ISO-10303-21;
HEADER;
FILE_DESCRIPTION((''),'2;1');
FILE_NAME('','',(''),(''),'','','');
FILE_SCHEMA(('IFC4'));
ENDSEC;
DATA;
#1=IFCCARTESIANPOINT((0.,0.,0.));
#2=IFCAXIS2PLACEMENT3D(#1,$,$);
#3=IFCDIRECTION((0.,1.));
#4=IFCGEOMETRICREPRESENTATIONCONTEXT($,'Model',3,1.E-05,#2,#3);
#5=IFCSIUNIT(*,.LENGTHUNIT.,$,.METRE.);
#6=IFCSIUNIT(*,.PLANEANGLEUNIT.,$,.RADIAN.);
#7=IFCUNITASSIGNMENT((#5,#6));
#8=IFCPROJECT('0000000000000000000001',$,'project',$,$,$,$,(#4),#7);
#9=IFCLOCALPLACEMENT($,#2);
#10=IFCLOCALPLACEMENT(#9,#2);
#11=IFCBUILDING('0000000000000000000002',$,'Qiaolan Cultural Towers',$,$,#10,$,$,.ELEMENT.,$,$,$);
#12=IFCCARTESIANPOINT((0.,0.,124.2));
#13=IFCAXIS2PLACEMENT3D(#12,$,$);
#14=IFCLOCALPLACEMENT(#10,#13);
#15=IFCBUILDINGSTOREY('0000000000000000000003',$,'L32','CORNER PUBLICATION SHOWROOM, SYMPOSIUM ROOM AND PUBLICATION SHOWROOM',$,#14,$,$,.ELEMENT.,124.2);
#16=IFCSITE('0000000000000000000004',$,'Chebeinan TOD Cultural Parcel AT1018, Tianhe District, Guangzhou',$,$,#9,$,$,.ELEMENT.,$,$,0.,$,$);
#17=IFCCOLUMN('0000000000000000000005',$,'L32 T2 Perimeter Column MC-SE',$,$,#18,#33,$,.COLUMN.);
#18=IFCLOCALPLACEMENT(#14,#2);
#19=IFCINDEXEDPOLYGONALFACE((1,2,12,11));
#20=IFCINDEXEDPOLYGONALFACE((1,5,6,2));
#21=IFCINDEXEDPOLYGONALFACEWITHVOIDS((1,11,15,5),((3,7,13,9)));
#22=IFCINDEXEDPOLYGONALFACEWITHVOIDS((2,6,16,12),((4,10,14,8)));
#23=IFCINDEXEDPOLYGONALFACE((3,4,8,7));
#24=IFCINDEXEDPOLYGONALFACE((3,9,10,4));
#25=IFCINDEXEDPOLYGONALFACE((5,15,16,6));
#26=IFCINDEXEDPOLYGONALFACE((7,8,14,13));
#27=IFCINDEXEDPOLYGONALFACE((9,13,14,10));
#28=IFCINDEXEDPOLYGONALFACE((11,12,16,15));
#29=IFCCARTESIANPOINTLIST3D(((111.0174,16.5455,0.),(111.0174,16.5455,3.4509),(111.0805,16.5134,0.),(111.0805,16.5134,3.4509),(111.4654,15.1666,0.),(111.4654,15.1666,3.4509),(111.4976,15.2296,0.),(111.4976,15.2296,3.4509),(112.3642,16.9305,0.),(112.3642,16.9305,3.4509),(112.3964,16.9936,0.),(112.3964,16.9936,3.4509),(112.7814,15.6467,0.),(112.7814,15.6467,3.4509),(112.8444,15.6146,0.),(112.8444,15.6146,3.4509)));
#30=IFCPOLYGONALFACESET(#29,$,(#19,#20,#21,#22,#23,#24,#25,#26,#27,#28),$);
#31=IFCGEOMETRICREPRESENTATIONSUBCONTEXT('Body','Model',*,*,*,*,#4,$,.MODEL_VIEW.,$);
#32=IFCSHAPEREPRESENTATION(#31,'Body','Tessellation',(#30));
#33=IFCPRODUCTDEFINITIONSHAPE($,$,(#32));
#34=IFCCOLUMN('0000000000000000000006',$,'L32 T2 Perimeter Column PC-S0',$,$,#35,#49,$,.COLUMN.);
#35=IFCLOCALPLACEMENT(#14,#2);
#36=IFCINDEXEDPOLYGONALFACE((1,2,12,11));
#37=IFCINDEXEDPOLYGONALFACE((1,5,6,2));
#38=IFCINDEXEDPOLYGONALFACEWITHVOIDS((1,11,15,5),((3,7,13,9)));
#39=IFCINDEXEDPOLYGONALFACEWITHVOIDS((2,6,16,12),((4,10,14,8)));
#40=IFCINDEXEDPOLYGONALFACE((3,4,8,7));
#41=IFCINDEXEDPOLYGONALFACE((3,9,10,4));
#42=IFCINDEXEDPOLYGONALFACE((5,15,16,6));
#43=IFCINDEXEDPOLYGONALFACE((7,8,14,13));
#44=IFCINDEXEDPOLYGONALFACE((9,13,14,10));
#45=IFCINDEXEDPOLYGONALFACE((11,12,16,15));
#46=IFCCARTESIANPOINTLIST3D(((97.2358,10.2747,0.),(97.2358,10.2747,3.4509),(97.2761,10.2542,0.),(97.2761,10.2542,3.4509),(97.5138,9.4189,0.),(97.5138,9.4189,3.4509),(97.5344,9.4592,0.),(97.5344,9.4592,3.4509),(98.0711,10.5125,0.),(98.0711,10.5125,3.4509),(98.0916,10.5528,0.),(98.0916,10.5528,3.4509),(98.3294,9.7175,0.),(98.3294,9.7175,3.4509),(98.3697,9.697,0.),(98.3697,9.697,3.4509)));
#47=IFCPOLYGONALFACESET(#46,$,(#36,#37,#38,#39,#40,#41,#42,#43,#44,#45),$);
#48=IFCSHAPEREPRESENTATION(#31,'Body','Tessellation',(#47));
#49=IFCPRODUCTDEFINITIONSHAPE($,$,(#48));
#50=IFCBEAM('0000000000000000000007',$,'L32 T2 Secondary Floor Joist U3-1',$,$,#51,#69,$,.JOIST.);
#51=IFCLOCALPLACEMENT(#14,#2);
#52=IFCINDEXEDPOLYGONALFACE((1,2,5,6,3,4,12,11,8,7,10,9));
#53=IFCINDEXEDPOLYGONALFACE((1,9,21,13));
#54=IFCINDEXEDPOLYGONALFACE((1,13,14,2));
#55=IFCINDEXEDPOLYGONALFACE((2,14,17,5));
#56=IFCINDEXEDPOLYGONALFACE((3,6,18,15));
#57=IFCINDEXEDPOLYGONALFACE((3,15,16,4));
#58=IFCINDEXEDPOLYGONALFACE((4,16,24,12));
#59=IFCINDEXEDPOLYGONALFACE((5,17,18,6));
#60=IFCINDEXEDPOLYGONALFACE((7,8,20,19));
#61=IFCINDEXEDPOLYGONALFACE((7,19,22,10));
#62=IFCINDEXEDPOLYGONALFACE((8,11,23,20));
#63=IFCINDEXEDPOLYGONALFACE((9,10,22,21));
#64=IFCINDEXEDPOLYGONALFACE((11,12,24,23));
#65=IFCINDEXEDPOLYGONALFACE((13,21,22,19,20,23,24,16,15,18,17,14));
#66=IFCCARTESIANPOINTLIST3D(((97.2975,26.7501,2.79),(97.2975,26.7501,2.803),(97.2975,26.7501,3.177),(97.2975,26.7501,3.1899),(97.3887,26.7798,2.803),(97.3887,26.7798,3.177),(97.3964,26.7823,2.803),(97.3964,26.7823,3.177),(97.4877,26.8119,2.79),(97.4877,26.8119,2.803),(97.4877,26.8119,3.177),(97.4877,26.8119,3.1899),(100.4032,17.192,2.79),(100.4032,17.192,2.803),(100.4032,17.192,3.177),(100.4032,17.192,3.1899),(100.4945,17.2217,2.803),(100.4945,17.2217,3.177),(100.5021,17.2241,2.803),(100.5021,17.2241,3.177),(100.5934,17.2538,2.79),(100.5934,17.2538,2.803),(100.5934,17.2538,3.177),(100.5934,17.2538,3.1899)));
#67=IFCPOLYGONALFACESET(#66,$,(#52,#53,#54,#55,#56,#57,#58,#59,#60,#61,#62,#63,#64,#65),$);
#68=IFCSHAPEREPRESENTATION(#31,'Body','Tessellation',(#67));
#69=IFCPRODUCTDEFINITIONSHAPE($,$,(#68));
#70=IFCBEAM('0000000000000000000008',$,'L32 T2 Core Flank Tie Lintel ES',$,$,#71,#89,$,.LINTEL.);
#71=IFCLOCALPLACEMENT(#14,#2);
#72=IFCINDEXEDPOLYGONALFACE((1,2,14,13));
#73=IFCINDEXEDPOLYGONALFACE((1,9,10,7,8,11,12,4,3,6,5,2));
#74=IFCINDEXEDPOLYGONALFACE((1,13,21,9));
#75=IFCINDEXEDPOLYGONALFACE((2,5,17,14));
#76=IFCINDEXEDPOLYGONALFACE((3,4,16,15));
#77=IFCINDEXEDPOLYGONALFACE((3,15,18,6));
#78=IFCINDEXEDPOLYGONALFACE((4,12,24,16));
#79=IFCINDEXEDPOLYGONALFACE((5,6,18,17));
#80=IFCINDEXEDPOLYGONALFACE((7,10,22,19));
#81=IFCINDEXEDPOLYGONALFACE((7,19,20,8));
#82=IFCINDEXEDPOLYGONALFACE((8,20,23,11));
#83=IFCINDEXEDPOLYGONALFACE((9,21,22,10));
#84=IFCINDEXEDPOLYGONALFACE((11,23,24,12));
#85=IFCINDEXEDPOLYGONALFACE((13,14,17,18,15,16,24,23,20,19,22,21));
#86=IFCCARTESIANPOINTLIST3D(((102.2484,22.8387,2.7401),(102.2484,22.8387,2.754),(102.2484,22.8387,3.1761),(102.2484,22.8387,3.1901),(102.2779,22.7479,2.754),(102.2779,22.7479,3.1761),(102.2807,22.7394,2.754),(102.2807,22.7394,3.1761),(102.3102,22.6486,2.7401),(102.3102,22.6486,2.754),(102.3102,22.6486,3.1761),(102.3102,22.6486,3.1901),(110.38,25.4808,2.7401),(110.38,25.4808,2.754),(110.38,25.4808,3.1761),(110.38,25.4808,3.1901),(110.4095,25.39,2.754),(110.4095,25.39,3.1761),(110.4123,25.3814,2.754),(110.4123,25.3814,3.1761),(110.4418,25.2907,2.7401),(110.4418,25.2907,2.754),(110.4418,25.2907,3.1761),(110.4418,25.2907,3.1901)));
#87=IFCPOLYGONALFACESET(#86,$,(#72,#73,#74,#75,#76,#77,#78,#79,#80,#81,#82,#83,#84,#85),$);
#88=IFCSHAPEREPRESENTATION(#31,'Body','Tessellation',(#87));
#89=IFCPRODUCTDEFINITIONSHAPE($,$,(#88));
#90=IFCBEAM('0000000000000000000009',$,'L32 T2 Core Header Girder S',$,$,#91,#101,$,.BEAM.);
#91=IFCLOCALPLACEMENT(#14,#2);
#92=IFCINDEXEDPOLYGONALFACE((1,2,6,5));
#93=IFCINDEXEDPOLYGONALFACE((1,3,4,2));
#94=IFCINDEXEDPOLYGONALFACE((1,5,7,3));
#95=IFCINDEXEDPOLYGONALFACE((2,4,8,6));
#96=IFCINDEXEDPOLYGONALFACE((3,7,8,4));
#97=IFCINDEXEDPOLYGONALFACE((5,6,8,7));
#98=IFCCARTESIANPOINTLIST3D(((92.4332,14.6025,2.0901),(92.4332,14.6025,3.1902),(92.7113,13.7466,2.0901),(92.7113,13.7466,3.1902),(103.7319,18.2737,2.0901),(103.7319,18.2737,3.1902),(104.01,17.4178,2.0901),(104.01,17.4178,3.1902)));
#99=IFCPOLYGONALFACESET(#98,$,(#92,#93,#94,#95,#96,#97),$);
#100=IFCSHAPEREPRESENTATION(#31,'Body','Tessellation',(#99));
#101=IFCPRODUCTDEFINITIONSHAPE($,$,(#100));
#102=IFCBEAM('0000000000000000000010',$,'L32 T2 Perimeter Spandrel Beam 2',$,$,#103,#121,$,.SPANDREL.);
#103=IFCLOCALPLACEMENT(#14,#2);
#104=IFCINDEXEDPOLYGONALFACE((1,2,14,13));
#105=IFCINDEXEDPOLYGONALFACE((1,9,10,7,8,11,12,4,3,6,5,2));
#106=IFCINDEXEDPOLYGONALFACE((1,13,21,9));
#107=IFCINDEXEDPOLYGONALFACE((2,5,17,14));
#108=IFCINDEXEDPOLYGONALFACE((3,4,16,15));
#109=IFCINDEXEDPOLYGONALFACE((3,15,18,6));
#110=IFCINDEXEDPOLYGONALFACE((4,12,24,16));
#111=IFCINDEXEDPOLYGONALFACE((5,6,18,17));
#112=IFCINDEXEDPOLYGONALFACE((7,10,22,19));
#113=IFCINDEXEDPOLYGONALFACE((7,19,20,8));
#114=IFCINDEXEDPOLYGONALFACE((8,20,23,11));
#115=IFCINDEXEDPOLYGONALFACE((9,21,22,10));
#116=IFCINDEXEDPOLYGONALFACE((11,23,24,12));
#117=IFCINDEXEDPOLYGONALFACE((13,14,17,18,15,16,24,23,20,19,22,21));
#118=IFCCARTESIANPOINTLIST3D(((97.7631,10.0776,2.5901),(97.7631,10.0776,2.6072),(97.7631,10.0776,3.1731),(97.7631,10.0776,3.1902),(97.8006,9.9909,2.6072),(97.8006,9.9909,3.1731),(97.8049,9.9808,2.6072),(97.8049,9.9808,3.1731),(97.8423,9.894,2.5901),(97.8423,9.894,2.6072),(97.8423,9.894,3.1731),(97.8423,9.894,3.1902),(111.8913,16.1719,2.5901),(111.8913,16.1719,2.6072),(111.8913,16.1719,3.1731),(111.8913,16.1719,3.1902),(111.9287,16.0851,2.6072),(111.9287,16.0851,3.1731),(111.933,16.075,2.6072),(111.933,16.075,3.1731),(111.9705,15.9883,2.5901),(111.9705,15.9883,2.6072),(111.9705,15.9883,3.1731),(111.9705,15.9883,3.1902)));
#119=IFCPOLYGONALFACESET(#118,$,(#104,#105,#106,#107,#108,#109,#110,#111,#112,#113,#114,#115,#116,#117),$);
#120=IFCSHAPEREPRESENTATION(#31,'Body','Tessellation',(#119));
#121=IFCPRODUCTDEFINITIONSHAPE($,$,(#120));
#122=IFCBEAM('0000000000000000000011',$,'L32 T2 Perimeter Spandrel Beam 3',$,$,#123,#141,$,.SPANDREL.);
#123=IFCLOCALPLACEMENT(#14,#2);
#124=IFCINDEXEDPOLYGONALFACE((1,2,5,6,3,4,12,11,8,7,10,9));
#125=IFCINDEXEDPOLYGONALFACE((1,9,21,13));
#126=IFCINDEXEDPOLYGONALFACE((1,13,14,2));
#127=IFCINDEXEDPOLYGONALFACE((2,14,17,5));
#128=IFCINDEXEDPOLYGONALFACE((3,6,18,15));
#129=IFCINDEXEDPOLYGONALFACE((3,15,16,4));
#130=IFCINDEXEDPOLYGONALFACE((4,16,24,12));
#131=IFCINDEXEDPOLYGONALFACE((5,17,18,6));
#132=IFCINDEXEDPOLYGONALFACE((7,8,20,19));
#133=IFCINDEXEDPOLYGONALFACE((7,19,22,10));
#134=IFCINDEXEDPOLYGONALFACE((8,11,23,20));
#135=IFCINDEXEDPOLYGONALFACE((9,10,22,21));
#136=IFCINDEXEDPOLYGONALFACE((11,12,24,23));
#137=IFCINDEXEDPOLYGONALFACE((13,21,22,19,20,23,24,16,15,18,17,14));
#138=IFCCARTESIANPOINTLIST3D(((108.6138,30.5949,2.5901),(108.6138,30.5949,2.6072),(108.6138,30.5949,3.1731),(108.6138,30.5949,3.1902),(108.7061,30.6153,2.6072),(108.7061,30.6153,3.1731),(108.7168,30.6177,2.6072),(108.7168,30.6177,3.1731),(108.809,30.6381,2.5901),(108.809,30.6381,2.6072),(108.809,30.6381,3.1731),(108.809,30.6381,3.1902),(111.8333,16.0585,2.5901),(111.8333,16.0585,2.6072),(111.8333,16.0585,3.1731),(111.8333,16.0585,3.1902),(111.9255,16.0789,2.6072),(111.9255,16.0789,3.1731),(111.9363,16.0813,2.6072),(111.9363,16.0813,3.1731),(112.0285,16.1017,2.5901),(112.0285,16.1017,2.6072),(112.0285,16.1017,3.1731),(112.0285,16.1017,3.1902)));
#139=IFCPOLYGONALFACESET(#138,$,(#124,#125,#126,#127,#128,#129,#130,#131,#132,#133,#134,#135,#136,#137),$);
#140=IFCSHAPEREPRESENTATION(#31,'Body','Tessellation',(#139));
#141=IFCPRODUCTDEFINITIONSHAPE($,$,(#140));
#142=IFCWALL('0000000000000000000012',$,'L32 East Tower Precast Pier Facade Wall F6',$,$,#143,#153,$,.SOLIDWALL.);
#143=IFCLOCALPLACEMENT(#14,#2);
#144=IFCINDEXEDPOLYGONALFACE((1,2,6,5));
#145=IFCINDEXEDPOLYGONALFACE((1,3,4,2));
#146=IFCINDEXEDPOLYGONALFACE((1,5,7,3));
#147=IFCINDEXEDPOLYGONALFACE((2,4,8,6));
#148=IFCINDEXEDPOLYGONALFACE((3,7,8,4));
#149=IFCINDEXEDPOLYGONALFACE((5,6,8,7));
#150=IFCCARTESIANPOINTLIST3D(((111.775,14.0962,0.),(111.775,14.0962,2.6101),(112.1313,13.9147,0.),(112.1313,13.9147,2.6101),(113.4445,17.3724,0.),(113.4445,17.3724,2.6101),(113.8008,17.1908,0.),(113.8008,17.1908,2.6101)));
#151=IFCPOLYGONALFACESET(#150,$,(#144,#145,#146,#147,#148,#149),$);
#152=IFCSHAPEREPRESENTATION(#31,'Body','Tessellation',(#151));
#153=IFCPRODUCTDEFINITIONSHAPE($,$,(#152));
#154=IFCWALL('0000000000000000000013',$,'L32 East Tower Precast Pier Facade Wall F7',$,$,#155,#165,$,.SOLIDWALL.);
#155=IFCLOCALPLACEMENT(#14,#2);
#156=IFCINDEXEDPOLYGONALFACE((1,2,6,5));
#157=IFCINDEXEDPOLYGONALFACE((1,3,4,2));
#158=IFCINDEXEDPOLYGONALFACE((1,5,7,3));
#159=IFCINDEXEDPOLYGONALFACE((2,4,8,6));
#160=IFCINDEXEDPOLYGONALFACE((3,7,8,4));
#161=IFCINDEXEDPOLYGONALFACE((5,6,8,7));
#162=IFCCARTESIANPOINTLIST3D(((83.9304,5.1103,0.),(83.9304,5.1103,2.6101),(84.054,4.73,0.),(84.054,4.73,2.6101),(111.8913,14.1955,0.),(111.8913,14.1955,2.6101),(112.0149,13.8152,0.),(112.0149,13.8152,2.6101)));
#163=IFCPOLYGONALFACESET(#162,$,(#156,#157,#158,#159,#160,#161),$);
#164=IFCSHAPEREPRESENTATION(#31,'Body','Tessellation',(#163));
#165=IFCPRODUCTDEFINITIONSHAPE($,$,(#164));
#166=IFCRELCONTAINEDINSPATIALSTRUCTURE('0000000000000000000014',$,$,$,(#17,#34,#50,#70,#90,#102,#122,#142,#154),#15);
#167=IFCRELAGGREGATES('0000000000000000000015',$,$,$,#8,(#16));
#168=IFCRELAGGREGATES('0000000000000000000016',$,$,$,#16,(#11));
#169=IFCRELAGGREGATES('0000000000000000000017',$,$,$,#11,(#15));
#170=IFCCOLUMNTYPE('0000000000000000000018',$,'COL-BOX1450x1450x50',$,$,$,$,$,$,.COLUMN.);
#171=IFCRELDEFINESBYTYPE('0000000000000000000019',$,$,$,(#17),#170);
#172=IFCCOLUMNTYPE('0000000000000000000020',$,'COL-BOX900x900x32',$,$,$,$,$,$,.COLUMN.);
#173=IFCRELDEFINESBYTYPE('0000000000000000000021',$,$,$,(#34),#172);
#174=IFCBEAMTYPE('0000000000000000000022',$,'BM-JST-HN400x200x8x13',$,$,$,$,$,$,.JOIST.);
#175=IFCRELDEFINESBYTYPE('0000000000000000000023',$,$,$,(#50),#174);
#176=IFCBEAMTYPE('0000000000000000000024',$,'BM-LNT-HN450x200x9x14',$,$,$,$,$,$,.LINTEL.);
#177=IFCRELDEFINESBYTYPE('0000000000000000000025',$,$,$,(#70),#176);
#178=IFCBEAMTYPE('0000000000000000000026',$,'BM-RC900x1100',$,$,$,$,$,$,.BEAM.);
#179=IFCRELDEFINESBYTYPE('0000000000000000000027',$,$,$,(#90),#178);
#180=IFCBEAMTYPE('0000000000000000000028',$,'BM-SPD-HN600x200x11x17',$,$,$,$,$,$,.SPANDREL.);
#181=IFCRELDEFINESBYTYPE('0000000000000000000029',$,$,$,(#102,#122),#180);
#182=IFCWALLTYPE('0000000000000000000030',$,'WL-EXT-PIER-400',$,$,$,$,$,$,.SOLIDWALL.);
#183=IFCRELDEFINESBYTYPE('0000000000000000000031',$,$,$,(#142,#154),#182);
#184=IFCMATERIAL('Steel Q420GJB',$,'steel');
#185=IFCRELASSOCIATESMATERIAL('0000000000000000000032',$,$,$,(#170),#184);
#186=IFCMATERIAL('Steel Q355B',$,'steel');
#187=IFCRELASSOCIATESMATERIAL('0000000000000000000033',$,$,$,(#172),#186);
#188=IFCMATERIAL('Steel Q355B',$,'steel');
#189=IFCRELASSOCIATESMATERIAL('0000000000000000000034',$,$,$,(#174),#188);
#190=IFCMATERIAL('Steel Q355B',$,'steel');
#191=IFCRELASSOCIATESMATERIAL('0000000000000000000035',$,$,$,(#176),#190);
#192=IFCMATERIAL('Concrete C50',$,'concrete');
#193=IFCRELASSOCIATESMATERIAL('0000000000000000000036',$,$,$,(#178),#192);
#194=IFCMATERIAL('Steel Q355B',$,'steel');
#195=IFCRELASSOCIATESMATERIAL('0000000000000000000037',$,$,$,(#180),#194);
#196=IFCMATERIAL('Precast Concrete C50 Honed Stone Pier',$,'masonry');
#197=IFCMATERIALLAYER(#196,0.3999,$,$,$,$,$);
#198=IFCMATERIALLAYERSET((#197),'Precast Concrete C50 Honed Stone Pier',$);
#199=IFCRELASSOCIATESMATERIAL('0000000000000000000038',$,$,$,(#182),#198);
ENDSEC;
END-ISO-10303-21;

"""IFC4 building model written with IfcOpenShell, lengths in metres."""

from ifc_helpers import new_model, si_unit, direction, frame, frame_2d, origin, origin_2d, place, context, subcontext, project, spatial, rectangle, hollow_rectangle, i_section, extrude, material, layer, layer_set, material_profile, profile_set, type_object, element, save


model = new_model("IFC4")

# Units and contexts
model_context = context("Model", 3, precision=1e-05, world=origin(), true_north=direction((0.0, 1.0)))
body_context = subcontext(model_context, "Body", "Model", "MODEL_VIEW")
ifc_project = project(units=[si_unit("LENGTHUNIT", "METRE"), si_unit("PLANEANGLEUNIT", "RADIAN")], contexts=[model_context])

# Site, building, storey
site_placement = place(None, origin())
site = spatial("IfcSite", under=ifc_project, at=site_placement, Name="Chebeinan TOD Cultural Parcel AT1018, Tianhe District, Guangzhou", CompositionType="ELEMENT", RefElevation=0.0)
building_placement = place(site_placement, origin())
building = spatial("IfcBuilding", under=site, at=building_placement, Name="Qiaolan Cultural Towers", CompositionType="ELEMENT")
storey_placement = place(building_placement, frame((0.0, 0.0, 124.2)))
storey = spatial("IfcBuildingStorey", under=building, at=storey_placement, Name="L32", Description="CORNER PUBLICATION SHOWROOM, SYMPOSIUM ROOM AND PUBLICATION SHOWROOM", CompositionType="ELEMENT", Elevation=124.2)

# Columns
ifc_material_1 = material(Name="Steel Q420GJB", Category="steel")
ifc_material_profile_1 = material_profile(ifc_material_1, hollow_rectangle(XDim=1.45, YDim=1.45, WallThickness=0.05, at=origin_2d()), Name="BOX1450x1450x50")
ifc_profile_set_1 = profile_set([ifc_material_profile_1], Name="Steel Q420GJB")
column_type_1 = type_object("IfcColumnType", Name="COL-BOX1450x1450x50", PredefinedType="COLUMN", material=ifc_profile_set_1)
column_1_placement = place(storey_placement, frame((111.9309, 16.0801, 0.0), z_axis=(0.0, 0.0, 1.0), x_axis=(0.951057, 0.309017, 0.0)))
element("IfcColumn", 1, at=column_1_placement, inside=storey, type_object=column_type_1, Name="L32 T2 Perimeter Column MC-SE", PredefinedType="COLUMN", context=body_context, shape_type="SweptSolid", body=[
    extrude(hollow_rectangle(XDim=1.45, YDim=1.45, WallThickness=0.05, at=origin_2d()), origin(), (0.0, 0.0, 1.0), 3.4509),
])
ifc_material_2 = material(Name="Steel Q355B", Category="steel")
ifc_material_profile_2 = material_profile(ifc_material_2, hollow_rectangle(XDim=0.8999, YDim=0.8999, WallThickness=0.032, at=origin_2d()), Name="BOX900x900x32")
ifc_profile_set_2 = profile_set([ifc_material_profile_2], Name="Steel Q355B")
column_type_2 = type_object("IfcColumnType", Name="COL-BOX900x900x32", PredefinedType="COLUMN", material=ifc_profile_set_2)
column_2_placement = place(storey_placement, frame((97.8027, 9.9858, 0.0), z_axis=(0.0, 0.0, 1.0), x_axis=(0.951057, 0.309017, 0.0)))
element("IfcColumn", 2, at=column_2_placement, inside=storey, type_object=column_type_2, Name="L32 T2 Perimeter Column PC-S0", PredefinedType="COLUMN", context=body_context, shape_type="SweptSolid", body=[
    extrude(hollow_rectangle(XDim=0.8999, YDim=0.8999, WallThickness=0.032, at=origin_2d()), origin(), (0.0, 0.0, 1.0), 3.4509),
])

# Beams
ifc_material_3 = material(Name="Steel Q355B", Category="steel")
ifc_material_profile_3 = material_profile(ifc_material_3, i_section(OverallWidth=0.2, OverallDepth=0.3999, WebThickness=0.0081, FlangeThickness=0.0129, at=origin_2d()), Name="HN400x200x8x13")
ifc_profile_set_3 = profile_set([ifc_material_profile_3], Name="Steel Q355B")
beam_type_1 = type_object("IfcBeamType", Name="BM-JST-HN400x200x8x13", PredefinedType="JOIST", material=ifc_profile_set_3)
beam_1_placement = place(storey_placement, frame((100.4983, 17.2229, 2.99), z_axis=(-0.309026, 0.951054, 0.0), x_axis=(-0.951054, -0.309026, 0.0)))
element("IfcBeam", 3, at=beam_1_placement, inside=storey, type_object=beam_type_1, Name="L32 T2 Secondary Floor Joist U3-1", PredefinedType="JOIST", context=body_context, shape_type="SweptSolid", body=[
    extrude(i_section(OverallWidth=0.2, OverallDepth=0.3999, WebThickness=0.0081, FlangeThickness=0.0129, at=origin_2d()), origin(), (0.0, 0.0, 1.0), 10.05),
])
ifc_material_4 = material(Name="Steel Q355B", Category="steel")
ifc_material_profile_4 = material_profile(ifc_material_4, i_section(OverallWidth=0.2, OverallDepth=0.45, WebThickness=0.009, FlangeThickness=0.0139, at=origin_2d()), Name="HN450x200x9x14")
ifc_profile_set_4 = profile_set([ifc_material_profile_4], Name="Steel Q355B")
beam_type_2 = type_object("IfcBeamType", Name="BM-LNT-HN450x200x9x14", PredefinedType="LINTEL", material=ifc_profile_set_4)
beam_2_placement = place(storey_placement, frame((102.2793, 22.7437, 2.9651), z_axis=(0.951057, 0.309014, 0.0), x_axis=(-0.309014, 0.951057, 0.0)))
element("IfcBeam", 4, at=beam_2_placement, inside=storey, type_object=beam_type_2, Name="L32 T2 Core Flank Tie Lintel ES", PredefinedType="LINTEL", context=body_context, shape_type="SweptSolid", body=[
    extrude(i_section(OverallWidth=0.2, OverallDepth=0.45, WebThickness=0.009, FlangeThickness=0.0139, at=origin_2d()), origin(), (0.0, 0.0, 1.0), 8.55),
])
ifc_material_5 = material(Name="Concrete C50", Category="concrete")
ifc_material_profile_5 = material_profile(ifc_material_5, rectangle(XDim=0.8999, YDim=1.1001, at=origin_2d()), Name="RC900x1100")
ifc_profile_set_5 = profile_set([ifc_material_profile_5], Name="Concrete C50")
beam_type_3 = type_object("IfcBeamType", Name="BM-RC900x1100", PredefinedType="BEAM", material=ifc_profile_set_5)
beam_3_placement = place(storey_placement, frame((92.5723, 14.1746, 2.6401), z_axis=(0.951056, 0.309018, 0.0), x_axis=(-0.309018, 0.951056, 0.0)))
element("IfcBeam", 5, at=beam_3_placement, inside=storey, type_object=beam_type_3, Name="L32 T2 Core Header Girder S", PredefinedType="BEAM", context=body_context, shape_type="SweptSolid", body=[
    extrude(rectangle(XDim=0.8999, YDim=1.1001, at=origin_2d()), origin(), (0.0, 0.0, 1.0), 11.8801),
])
ifc_material_6 = material(Name="Steel Q355B", Category="steel")
ifc_material_profile_6 = material_profile(ifc_material_6, i_section(OverallWidth=0.2, OverallDepth=0.6001, WebThickness=0.011, FlangeThickness=0.0171, at=origin_2d()), Name="HN600x200x11x17")
ifc_profile_set_6 = profile_set([ifc_material_profile_6], Name="Steel Q355B")
beam_type_4 = type_object("IfcBeamType", Name="BM-SPD-HN600x200x11x17", PredefinedType="SPANDREL", material=ifc_profile_set_6)
beam_4_placement = place(storey_placement, frame((97.8027, 9.9858, 2.8901), z_axis=(0.918218, 0.396076, 0.0), x_axis=(-0.396076, 0.918218, 0.0)))
element("IfcBeam", 6, at=beam_4_placement, inside=storey, type_object=beam_type_4, Name="L32 T2 Perimeter Spandrel Beam 2", PredefinedType="SPANDREL", context=body_context, shape_type="SweptSolid", body=[
    extrude(i_section(OverallWidth=0.2, OverallDepth=0.6001, WebThickness=0.011, FlangeThickness=0.0171, at=origin_2d()), origin(), (0.0, 0.0, 1.0), 15.3865),
])
beam_5_placement = place(storey_placement, frame((111.9309, 16.0801, 2.8901), z_axis=(-0.216238, 0.976341, 0.0), x_axis=(-0.976341, -0.216238, 0.0)))
element("IfcBeam", 7, at=beam_5_placement, inside=storey, type_object=beam_type_4, Name="L32 T2 Perimeter Spandrel Beam 3", PredefinedType="SPANDREL", context=body_context, shape_type="SweptSolid", body=[
    extrude(i_section(OverallWidth=0.2, OverallDepth=0.6001, WebThickness=0.011, FlangeThickness=0.0171, at=origin_2d()), origin(), (0.0, 0.0, 1.0), 14.8887),
])

# Walls
ifc_material_7 = material(Name="Precast Concrete C50 Honed Stone Pier", Category="masonry")
ifc_layer_1 = layer(ifc_material_7, 0.3999)
ifc_layer_set_1 = layer_set([ifc_layer_1], Name="Precast Concrete C50 Honed Stone Pier")
wall_type_1 = type_object("IfcWallType", Name="WL-EXT-PIER-400", PredefinedType="SOLIDWALL", material=ifc_layer_set_1)
wall_1_placement = place(storey_placement, frame((113.6226, 17.2815, 0.0), z_axis=(0.0, 0.0, 1.0), x_axis=(-0.454026, -0.890988, 0.0)))
element("IfcWall", 8, at=wall_1_placement, inside=storey, type_object=wall_type_1, Name="L32 East Tower Precast Pier Facade Wall F6", PredefinedType="SOLIDWALL", context=body_context, shape_type="SweptSolid", body=[
    extrude(rectangle(XDim=3.677, YDim=0.3999, at=frame_2d((1.8384, 0.0))), origin(), (0.0, 0.0, 1.0), 2.6101),
])
wall_2_placement = place(storey_placement, frame((111.9531, 14.0054, 0.0), z_axis=(0.0, 0.0, 1.0), x_axis=(-0.951055, -0.309021, 0.0)))
element("IfcWall", 9, at=wall_2_placement, inside=storey, type_object=wall_type_1, Name="L32 East Tower Precast Pier Facade Wall F7", PredefinedType="SOLIDWALL", context=body_context, shape_type="SweptSolid", body=[
    extrude(rectangle(XDim=29.3999, YDim=0.3999, at=frame_2d((14.7, 0.0))), origin(), (0.0, 0.0, 1.0), 2.6101),
])

save(model, "model.ifc")
